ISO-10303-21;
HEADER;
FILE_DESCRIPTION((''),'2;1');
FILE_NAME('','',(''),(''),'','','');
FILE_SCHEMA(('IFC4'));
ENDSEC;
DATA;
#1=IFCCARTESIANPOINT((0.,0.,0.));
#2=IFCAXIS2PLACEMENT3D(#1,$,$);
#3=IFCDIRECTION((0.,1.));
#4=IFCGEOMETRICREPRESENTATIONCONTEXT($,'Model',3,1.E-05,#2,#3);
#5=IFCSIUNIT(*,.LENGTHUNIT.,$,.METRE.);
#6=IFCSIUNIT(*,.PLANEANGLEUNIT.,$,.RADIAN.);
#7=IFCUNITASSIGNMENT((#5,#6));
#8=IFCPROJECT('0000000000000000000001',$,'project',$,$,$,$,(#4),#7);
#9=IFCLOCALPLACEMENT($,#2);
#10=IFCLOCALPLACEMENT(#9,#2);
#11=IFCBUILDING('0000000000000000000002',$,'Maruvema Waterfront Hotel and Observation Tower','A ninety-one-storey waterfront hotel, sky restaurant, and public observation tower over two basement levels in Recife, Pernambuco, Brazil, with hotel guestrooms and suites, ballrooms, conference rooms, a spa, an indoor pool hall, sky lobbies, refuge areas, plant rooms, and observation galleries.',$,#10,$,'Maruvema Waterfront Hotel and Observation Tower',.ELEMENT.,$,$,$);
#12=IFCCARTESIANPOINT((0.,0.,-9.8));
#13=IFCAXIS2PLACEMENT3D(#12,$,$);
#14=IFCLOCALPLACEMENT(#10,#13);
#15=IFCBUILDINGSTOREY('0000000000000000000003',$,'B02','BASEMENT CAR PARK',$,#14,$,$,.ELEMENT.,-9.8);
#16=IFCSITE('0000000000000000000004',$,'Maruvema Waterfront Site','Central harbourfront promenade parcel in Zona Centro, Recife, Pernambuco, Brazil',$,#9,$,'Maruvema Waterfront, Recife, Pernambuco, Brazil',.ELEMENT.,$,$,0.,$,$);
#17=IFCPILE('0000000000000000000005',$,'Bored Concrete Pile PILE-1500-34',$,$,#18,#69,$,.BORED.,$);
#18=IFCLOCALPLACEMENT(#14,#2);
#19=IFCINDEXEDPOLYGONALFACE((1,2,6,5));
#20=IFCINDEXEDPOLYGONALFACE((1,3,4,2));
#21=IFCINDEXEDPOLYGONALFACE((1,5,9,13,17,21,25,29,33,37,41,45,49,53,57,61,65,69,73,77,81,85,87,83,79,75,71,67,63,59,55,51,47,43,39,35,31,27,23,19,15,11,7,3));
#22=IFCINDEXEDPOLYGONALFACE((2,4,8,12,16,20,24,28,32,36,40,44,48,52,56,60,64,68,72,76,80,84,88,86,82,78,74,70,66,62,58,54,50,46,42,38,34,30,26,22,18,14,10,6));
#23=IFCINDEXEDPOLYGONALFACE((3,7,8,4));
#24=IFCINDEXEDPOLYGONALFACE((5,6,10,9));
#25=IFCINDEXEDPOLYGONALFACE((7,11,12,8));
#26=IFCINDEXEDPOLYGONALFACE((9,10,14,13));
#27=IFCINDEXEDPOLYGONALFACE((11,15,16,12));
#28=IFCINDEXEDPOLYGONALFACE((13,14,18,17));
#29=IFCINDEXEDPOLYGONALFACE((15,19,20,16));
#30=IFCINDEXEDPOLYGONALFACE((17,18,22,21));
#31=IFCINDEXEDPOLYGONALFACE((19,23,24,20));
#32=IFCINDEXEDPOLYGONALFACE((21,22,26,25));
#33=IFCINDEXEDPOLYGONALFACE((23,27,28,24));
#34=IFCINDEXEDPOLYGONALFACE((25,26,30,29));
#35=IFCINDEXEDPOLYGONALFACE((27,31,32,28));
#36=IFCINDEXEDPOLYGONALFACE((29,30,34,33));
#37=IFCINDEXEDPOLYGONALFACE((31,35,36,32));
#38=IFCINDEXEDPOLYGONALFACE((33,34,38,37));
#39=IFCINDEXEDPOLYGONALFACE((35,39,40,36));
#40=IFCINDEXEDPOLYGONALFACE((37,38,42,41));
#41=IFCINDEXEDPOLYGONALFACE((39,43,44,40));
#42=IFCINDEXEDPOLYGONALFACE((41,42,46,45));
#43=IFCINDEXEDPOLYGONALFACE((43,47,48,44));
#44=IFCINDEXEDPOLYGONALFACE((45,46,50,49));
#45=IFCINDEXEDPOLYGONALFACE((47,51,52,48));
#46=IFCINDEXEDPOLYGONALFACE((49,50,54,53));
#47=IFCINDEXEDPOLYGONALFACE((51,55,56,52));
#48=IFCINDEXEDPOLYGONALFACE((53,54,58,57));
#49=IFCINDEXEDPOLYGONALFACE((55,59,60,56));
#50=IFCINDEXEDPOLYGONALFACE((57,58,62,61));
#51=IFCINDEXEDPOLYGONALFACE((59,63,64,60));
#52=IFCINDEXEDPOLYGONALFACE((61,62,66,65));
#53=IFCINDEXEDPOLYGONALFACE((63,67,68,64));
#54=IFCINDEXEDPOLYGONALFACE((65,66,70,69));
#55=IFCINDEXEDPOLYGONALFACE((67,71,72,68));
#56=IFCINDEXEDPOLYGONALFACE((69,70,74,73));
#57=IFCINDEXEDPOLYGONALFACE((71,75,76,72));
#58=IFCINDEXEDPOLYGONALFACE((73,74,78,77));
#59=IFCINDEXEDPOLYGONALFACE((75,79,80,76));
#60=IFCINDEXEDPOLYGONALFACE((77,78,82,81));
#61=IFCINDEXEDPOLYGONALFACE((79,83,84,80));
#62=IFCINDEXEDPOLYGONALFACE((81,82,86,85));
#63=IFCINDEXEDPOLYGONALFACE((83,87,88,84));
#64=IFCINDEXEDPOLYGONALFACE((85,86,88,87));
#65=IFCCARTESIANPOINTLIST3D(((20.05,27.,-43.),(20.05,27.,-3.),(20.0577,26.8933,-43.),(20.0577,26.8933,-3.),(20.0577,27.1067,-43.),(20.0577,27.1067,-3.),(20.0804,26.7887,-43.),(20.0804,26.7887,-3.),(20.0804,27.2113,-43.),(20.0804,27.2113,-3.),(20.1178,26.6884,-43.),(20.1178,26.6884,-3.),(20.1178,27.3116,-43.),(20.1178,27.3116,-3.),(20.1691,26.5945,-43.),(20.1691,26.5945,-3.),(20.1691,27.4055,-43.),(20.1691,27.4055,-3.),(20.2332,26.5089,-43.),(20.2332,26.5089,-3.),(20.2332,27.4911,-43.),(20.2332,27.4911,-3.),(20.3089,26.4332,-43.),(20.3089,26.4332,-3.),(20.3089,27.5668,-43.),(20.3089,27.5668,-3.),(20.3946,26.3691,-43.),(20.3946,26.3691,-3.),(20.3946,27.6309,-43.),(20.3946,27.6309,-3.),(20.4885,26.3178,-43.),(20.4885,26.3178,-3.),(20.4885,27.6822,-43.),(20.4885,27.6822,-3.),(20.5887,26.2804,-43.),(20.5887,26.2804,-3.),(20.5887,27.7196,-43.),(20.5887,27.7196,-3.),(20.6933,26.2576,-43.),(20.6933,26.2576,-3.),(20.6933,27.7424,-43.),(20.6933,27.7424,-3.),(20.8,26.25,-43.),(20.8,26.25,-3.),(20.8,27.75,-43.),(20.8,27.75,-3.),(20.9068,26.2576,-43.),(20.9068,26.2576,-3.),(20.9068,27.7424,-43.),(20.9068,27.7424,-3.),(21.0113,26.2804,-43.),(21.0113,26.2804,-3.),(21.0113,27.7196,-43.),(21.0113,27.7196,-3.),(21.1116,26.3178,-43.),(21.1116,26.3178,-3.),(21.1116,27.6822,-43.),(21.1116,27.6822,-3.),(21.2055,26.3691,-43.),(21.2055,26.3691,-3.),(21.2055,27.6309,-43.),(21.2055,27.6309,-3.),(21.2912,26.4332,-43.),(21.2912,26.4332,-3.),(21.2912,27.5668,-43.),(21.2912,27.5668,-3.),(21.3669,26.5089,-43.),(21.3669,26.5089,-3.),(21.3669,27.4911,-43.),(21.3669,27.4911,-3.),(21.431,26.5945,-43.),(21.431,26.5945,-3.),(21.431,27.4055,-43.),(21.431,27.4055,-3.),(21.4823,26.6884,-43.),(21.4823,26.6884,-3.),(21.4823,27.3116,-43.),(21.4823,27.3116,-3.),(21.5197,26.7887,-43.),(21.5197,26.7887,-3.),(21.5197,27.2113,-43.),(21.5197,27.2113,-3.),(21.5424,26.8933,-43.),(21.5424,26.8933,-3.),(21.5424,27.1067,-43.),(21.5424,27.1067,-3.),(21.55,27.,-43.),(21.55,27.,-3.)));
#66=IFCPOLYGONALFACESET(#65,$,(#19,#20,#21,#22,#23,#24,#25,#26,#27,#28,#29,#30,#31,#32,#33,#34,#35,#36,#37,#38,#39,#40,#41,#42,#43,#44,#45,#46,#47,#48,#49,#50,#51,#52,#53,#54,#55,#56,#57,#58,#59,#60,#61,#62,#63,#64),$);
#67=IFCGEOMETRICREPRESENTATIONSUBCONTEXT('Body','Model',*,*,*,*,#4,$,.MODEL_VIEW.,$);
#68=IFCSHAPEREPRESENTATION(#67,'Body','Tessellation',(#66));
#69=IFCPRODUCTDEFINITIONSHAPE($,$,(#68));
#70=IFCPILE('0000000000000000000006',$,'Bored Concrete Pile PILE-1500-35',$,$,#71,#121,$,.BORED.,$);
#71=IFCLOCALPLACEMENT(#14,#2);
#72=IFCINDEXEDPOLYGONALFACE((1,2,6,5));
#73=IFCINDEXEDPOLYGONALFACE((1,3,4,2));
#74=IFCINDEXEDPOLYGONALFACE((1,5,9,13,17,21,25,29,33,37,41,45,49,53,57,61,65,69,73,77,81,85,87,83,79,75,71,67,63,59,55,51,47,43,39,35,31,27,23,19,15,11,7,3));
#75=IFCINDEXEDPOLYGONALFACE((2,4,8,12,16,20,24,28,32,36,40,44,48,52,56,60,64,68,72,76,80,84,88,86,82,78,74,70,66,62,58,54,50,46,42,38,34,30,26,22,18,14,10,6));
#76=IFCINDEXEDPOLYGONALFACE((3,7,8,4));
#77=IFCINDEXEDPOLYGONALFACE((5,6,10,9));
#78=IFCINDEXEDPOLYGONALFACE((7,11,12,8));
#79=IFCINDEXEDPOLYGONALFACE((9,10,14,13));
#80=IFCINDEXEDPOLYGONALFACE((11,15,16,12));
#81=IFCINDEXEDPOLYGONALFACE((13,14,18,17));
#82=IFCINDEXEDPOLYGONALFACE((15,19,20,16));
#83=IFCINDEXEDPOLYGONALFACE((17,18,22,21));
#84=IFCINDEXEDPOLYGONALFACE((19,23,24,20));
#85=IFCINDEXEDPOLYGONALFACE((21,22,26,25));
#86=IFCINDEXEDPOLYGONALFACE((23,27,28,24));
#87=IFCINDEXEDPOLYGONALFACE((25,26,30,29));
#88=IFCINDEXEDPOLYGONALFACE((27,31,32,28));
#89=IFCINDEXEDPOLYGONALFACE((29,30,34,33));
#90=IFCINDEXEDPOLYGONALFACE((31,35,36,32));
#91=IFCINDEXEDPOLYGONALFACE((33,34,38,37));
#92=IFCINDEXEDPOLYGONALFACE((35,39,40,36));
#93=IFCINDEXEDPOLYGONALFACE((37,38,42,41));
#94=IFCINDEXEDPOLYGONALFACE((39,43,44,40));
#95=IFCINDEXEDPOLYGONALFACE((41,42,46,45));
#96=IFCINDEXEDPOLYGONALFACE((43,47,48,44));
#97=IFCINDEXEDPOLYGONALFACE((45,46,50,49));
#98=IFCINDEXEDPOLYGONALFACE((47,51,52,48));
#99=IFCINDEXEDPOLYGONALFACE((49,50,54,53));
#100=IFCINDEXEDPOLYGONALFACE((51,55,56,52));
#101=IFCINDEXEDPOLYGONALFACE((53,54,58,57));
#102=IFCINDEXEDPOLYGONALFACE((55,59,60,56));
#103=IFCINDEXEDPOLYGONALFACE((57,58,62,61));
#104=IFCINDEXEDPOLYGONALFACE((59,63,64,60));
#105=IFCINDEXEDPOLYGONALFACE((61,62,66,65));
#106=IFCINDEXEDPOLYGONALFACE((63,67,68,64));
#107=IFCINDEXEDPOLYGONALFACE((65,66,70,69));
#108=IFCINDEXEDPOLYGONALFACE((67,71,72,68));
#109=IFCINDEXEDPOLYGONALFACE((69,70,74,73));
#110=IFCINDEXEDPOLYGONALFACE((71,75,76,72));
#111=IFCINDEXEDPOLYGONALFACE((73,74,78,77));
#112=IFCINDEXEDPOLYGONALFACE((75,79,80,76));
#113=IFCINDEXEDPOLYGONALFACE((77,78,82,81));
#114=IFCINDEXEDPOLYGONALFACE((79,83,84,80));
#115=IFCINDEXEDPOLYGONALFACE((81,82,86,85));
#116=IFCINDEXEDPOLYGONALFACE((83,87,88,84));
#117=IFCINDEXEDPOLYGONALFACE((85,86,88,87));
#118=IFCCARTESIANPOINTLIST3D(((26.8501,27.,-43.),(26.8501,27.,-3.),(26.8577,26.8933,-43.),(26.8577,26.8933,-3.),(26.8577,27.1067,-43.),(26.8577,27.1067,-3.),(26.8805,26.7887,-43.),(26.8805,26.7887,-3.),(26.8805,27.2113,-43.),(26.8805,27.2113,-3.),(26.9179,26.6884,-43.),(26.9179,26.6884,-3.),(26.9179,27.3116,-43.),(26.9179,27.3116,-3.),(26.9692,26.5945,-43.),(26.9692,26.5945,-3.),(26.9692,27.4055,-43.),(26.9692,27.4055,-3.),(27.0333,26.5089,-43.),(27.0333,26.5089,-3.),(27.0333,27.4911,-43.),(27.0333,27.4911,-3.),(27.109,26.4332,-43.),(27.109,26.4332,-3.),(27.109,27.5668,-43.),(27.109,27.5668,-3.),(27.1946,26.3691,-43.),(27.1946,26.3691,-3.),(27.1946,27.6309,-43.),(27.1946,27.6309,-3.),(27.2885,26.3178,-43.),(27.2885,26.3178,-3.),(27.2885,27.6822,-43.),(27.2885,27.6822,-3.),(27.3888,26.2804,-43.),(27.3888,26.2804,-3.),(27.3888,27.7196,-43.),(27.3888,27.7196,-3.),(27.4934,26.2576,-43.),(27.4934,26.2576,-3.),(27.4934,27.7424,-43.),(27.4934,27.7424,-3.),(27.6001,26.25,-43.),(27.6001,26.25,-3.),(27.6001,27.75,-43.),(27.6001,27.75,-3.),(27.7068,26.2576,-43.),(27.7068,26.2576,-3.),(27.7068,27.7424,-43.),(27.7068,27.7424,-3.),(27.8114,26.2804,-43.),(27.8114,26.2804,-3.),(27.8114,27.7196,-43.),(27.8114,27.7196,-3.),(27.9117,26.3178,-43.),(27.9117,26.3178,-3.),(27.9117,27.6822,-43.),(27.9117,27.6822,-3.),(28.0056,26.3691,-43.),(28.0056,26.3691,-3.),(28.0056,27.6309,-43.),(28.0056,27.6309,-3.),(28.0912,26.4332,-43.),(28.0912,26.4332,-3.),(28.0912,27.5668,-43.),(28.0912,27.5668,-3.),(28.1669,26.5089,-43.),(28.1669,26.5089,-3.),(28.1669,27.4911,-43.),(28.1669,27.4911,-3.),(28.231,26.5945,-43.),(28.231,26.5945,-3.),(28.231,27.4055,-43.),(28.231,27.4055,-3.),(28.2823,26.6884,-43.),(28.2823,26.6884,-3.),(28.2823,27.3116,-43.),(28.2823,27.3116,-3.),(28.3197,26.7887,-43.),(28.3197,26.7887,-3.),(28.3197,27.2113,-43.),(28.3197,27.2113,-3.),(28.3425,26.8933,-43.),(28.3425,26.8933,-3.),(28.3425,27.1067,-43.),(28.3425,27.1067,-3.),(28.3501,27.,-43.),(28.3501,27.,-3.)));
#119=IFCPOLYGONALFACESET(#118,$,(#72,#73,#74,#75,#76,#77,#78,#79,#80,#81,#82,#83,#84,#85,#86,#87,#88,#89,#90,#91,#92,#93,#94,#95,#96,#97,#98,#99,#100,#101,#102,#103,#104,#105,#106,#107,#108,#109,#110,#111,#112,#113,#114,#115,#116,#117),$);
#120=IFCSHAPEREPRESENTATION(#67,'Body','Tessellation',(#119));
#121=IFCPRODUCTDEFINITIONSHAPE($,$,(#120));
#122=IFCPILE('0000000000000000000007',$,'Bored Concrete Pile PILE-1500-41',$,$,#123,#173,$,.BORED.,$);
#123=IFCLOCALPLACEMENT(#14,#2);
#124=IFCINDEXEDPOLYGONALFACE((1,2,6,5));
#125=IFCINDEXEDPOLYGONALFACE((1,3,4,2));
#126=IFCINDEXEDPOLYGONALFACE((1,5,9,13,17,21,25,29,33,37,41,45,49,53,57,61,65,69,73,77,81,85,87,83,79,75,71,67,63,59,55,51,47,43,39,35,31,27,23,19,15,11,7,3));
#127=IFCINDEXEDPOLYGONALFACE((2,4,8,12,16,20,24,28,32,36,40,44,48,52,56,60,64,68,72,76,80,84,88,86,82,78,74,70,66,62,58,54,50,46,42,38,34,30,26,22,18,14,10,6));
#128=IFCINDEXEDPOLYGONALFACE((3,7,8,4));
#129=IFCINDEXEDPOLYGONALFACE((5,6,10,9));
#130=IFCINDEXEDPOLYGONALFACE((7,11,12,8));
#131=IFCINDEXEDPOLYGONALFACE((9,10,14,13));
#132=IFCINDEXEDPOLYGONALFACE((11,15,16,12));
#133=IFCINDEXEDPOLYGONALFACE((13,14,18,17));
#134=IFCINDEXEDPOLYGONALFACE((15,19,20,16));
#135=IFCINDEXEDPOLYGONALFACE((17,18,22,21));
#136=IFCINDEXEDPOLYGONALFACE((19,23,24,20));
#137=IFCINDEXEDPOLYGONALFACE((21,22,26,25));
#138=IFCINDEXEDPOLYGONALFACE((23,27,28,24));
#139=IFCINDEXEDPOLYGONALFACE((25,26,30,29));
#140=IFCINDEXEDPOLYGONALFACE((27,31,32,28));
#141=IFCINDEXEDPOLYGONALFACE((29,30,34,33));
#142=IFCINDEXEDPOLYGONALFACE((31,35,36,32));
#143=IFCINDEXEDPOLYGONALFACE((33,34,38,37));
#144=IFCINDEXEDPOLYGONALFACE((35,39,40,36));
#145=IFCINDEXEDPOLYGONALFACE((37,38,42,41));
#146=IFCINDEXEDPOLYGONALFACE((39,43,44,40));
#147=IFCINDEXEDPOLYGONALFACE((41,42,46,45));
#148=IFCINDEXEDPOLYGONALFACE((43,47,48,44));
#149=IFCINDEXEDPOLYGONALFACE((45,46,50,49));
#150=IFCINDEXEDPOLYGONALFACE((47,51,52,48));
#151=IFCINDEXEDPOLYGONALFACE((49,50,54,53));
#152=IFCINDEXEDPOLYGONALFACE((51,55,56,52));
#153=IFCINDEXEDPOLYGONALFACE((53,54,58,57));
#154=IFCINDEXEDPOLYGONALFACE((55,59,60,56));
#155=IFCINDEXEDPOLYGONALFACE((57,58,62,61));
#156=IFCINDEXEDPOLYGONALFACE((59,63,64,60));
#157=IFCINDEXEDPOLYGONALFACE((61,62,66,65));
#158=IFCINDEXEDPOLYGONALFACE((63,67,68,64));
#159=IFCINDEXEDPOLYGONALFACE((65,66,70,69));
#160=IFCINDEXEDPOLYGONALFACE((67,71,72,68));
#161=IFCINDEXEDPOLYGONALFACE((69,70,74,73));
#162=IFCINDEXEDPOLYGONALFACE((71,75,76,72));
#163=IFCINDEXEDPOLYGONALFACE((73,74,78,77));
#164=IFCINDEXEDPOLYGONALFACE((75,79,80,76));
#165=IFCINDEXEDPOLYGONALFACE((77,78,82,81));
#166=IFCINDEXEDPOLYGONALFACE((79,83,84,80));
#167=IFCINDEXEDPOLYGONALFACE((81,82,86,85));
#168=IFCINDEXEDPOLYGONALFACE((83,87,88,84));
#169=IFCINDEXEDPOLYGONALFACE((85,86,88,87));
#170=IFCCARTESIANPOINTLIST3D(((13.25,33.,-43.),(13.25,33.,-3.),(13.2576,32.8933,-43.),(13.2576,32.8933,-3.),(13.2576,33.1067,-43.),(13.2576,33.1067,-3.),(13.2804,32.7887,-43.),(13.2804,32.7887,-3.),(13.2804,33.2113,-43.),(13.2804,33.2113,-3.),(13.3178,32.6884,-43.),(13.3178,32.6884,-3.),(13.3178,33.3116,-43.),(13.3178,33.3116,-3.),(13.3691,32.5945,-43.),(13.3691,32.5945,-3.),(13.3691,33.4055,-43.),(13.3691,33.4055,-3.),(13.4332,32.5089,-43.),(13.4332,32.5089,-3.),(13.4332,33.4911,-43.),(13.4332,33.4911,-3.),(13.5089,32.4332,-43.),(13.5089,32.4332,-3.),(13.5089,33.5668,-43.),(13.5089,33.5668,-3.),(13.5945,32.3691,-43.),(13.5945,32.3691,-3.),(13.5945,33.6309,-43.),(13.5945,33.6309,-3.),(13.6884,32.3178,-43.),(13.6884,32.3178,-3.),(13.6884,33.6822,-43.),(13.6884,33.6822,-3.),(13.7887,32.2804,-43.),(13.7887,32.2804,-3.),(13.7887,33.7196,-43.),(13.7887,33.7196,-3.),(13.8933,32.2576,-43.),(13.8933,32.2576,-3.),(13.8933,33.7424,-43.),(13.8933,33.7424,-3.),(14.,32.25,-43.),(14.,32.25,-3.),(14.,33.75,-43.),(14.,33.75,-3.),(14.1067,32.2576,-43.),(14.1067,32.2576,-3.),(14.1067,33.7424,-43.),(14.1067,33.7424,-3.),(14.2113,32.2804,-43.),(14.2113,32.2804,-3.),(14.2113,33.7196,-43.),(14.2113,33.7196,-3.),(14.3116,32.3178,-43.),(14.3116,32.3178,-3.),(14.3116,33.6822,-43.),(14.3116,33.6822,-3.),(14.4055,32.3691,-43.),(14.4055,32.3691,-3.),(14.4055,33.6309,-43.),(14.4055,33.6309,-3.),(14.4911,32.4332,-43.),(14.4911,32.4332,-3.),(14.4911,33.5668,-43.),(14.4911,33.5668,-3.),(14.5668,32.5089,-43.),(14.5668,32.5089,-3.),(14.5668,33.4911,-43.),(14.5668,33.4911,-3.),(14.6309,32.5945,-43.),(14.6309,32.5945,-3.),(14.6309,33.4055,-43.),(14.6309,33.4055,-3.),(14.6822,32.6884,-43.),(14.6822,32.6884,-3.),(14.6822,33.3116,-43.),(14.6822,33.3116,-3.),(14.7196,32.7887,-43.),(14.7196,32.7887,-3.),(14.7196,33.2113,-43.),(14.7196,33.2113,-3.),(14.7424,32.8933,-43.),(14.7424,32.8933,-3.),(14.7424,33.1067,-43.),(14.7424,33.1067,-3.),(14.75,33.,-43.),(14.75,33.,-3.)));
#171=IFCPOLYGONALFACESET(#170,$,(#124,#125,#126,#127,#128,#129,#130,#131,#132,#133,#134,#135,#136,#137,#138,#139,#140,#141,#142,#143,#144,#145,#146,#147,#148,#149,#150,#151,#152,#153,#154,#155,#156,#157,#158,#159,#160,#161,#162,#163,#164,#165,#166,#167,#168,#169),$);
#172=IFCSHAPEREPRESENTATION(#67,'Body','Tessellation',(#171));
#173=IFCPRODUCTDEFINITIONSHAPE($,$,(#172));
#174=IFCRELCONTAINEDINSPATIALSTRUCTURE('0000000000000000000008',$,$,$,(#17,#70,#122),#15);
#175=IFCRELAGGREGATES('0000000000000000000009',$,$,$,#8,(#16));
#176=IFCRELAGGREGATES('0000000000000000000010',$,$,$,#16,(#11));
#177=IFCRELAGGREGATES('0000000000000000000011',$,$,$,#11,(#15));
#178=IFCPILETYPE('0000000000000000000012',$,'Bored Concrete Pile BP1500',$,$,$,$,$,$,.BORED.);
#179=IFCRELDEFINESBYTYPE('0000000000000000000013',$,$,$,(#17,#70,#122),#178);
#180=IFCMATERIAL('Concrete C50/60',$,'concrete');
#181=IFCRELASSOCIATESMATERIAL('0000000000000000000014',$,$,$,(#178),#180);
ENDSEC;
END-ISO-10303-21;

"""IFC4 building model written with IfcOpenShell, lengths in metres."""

from ifc_helpers import new_model, si_unit, direction, frame, origin, origin_2d, place, context, subcontext, project, spatial, circle, extrude, material, material_profile, profile_set, type_object, element, save


model = new_model("IFC4")

# Units and contexts
model_context = context("Model", 3, precision=1e-05, world=origin(), true_north=direction((0.0, 1.0)))
body_context = subcontext(model_context, "Body", "Model", "MODEL_VIEW")
ifc_project = project(units=[si_unit("LENGTHUNIT", "METRE"), si_unit("PLANEANGLEUNIT", "RADIAN")], contexts=[model_context])

# Site, building, storey
site_placement = place(None, origin())
site = spatial("IfcSite", under=ifc_project, at=site_placement, Name="Maruvema Waterfront Site", Description="Central harbourfront promenade parcel in Zona Centro, Recife, Pernambuco, Brazil", LongName="Maruvema Waterfront, Recife, Pernambuco, Brazil", CompositionType="ELEMENT", RefElevation=0.0)
building_placement = place(site_placement, origin())
building = spatial("IfcBuilding", under=site, at=building_placement, Name="Maruvema Waterfront Hotel and Observation Tower", Description="A ninety-one-storey waterfront hotel, sky restaurant, and public observation tower over two basement levels in Recife, Pernambuco, Brazil, with hotel guestrooms and suites, ballrooms, conference rooms, a spa, an indoor pool hall, sky lobbies, refuge areas, plant rooms, and observation galleries.", LongName="Maruvema Waterfront Hotel and Observation Tower", CompositionType="ELEMENT")
storey_placement = place(building_placement, frame((0.0, 0.0, -9.8)))
storey = spatial("IfcBuildingStorey", under=building, at=storey_placement, Name="B02", Description="BASEMENT CAR PARK", CompositionType="ELEMENT", Elevation=-9.8)

# Piles
ifc_material_1 = material(Name="Concrete C50/60", Category="concrete")
ifc_material_profile_1 = material_profile(ifc_material_1, circle(Radius=0.75, at=origin_2d()), Name="BP1500")
ifc_profile_set_1 = profile_set([ifc_material_profile_1], Name="Concrete C50/60")
pile_type = type_object("IfcPileType", Name="Bored Concrete Pile BP1500", PredefinedType="BORED", material=ifc_profile_set_1)
for number, where, z_axis, x_axis, name in (
    (1, (20.8, 27.0, -3.0), (0.0, 0.0, -1.0), (1.0, 0.0, 0.0), "Bored Concrete Pile PILE-1500-34"),
    (2, (27.6001, 27.0, -3.0), (0.0, 0.0, -1.0), (1.0, 0.0, 0.0), "Bored Concrete Pile PILE-1500-35"),
    (3, (14.0, 33.0, -3.0), (0.0, 0.0, -1.0), (1.0, 0.0, 0.0), "Bored Concrete Pile PILE-1500-41"),
):
    element("IfcPile", number, at=place(storey_placement, frame(where, z_axis=z_axis, x_axis=x_axis)), inside=storey, type_object=pile_type, Name=name, PredefinedType="BORED", context=body_context, shape_type="SweptSolid", body=[
        extrude(circle(Radius=0.75, at=origin_2d()), origin(), (0.0, 0.0, 1.0), 40.0),
    ])

save(model, "model.ifc")
